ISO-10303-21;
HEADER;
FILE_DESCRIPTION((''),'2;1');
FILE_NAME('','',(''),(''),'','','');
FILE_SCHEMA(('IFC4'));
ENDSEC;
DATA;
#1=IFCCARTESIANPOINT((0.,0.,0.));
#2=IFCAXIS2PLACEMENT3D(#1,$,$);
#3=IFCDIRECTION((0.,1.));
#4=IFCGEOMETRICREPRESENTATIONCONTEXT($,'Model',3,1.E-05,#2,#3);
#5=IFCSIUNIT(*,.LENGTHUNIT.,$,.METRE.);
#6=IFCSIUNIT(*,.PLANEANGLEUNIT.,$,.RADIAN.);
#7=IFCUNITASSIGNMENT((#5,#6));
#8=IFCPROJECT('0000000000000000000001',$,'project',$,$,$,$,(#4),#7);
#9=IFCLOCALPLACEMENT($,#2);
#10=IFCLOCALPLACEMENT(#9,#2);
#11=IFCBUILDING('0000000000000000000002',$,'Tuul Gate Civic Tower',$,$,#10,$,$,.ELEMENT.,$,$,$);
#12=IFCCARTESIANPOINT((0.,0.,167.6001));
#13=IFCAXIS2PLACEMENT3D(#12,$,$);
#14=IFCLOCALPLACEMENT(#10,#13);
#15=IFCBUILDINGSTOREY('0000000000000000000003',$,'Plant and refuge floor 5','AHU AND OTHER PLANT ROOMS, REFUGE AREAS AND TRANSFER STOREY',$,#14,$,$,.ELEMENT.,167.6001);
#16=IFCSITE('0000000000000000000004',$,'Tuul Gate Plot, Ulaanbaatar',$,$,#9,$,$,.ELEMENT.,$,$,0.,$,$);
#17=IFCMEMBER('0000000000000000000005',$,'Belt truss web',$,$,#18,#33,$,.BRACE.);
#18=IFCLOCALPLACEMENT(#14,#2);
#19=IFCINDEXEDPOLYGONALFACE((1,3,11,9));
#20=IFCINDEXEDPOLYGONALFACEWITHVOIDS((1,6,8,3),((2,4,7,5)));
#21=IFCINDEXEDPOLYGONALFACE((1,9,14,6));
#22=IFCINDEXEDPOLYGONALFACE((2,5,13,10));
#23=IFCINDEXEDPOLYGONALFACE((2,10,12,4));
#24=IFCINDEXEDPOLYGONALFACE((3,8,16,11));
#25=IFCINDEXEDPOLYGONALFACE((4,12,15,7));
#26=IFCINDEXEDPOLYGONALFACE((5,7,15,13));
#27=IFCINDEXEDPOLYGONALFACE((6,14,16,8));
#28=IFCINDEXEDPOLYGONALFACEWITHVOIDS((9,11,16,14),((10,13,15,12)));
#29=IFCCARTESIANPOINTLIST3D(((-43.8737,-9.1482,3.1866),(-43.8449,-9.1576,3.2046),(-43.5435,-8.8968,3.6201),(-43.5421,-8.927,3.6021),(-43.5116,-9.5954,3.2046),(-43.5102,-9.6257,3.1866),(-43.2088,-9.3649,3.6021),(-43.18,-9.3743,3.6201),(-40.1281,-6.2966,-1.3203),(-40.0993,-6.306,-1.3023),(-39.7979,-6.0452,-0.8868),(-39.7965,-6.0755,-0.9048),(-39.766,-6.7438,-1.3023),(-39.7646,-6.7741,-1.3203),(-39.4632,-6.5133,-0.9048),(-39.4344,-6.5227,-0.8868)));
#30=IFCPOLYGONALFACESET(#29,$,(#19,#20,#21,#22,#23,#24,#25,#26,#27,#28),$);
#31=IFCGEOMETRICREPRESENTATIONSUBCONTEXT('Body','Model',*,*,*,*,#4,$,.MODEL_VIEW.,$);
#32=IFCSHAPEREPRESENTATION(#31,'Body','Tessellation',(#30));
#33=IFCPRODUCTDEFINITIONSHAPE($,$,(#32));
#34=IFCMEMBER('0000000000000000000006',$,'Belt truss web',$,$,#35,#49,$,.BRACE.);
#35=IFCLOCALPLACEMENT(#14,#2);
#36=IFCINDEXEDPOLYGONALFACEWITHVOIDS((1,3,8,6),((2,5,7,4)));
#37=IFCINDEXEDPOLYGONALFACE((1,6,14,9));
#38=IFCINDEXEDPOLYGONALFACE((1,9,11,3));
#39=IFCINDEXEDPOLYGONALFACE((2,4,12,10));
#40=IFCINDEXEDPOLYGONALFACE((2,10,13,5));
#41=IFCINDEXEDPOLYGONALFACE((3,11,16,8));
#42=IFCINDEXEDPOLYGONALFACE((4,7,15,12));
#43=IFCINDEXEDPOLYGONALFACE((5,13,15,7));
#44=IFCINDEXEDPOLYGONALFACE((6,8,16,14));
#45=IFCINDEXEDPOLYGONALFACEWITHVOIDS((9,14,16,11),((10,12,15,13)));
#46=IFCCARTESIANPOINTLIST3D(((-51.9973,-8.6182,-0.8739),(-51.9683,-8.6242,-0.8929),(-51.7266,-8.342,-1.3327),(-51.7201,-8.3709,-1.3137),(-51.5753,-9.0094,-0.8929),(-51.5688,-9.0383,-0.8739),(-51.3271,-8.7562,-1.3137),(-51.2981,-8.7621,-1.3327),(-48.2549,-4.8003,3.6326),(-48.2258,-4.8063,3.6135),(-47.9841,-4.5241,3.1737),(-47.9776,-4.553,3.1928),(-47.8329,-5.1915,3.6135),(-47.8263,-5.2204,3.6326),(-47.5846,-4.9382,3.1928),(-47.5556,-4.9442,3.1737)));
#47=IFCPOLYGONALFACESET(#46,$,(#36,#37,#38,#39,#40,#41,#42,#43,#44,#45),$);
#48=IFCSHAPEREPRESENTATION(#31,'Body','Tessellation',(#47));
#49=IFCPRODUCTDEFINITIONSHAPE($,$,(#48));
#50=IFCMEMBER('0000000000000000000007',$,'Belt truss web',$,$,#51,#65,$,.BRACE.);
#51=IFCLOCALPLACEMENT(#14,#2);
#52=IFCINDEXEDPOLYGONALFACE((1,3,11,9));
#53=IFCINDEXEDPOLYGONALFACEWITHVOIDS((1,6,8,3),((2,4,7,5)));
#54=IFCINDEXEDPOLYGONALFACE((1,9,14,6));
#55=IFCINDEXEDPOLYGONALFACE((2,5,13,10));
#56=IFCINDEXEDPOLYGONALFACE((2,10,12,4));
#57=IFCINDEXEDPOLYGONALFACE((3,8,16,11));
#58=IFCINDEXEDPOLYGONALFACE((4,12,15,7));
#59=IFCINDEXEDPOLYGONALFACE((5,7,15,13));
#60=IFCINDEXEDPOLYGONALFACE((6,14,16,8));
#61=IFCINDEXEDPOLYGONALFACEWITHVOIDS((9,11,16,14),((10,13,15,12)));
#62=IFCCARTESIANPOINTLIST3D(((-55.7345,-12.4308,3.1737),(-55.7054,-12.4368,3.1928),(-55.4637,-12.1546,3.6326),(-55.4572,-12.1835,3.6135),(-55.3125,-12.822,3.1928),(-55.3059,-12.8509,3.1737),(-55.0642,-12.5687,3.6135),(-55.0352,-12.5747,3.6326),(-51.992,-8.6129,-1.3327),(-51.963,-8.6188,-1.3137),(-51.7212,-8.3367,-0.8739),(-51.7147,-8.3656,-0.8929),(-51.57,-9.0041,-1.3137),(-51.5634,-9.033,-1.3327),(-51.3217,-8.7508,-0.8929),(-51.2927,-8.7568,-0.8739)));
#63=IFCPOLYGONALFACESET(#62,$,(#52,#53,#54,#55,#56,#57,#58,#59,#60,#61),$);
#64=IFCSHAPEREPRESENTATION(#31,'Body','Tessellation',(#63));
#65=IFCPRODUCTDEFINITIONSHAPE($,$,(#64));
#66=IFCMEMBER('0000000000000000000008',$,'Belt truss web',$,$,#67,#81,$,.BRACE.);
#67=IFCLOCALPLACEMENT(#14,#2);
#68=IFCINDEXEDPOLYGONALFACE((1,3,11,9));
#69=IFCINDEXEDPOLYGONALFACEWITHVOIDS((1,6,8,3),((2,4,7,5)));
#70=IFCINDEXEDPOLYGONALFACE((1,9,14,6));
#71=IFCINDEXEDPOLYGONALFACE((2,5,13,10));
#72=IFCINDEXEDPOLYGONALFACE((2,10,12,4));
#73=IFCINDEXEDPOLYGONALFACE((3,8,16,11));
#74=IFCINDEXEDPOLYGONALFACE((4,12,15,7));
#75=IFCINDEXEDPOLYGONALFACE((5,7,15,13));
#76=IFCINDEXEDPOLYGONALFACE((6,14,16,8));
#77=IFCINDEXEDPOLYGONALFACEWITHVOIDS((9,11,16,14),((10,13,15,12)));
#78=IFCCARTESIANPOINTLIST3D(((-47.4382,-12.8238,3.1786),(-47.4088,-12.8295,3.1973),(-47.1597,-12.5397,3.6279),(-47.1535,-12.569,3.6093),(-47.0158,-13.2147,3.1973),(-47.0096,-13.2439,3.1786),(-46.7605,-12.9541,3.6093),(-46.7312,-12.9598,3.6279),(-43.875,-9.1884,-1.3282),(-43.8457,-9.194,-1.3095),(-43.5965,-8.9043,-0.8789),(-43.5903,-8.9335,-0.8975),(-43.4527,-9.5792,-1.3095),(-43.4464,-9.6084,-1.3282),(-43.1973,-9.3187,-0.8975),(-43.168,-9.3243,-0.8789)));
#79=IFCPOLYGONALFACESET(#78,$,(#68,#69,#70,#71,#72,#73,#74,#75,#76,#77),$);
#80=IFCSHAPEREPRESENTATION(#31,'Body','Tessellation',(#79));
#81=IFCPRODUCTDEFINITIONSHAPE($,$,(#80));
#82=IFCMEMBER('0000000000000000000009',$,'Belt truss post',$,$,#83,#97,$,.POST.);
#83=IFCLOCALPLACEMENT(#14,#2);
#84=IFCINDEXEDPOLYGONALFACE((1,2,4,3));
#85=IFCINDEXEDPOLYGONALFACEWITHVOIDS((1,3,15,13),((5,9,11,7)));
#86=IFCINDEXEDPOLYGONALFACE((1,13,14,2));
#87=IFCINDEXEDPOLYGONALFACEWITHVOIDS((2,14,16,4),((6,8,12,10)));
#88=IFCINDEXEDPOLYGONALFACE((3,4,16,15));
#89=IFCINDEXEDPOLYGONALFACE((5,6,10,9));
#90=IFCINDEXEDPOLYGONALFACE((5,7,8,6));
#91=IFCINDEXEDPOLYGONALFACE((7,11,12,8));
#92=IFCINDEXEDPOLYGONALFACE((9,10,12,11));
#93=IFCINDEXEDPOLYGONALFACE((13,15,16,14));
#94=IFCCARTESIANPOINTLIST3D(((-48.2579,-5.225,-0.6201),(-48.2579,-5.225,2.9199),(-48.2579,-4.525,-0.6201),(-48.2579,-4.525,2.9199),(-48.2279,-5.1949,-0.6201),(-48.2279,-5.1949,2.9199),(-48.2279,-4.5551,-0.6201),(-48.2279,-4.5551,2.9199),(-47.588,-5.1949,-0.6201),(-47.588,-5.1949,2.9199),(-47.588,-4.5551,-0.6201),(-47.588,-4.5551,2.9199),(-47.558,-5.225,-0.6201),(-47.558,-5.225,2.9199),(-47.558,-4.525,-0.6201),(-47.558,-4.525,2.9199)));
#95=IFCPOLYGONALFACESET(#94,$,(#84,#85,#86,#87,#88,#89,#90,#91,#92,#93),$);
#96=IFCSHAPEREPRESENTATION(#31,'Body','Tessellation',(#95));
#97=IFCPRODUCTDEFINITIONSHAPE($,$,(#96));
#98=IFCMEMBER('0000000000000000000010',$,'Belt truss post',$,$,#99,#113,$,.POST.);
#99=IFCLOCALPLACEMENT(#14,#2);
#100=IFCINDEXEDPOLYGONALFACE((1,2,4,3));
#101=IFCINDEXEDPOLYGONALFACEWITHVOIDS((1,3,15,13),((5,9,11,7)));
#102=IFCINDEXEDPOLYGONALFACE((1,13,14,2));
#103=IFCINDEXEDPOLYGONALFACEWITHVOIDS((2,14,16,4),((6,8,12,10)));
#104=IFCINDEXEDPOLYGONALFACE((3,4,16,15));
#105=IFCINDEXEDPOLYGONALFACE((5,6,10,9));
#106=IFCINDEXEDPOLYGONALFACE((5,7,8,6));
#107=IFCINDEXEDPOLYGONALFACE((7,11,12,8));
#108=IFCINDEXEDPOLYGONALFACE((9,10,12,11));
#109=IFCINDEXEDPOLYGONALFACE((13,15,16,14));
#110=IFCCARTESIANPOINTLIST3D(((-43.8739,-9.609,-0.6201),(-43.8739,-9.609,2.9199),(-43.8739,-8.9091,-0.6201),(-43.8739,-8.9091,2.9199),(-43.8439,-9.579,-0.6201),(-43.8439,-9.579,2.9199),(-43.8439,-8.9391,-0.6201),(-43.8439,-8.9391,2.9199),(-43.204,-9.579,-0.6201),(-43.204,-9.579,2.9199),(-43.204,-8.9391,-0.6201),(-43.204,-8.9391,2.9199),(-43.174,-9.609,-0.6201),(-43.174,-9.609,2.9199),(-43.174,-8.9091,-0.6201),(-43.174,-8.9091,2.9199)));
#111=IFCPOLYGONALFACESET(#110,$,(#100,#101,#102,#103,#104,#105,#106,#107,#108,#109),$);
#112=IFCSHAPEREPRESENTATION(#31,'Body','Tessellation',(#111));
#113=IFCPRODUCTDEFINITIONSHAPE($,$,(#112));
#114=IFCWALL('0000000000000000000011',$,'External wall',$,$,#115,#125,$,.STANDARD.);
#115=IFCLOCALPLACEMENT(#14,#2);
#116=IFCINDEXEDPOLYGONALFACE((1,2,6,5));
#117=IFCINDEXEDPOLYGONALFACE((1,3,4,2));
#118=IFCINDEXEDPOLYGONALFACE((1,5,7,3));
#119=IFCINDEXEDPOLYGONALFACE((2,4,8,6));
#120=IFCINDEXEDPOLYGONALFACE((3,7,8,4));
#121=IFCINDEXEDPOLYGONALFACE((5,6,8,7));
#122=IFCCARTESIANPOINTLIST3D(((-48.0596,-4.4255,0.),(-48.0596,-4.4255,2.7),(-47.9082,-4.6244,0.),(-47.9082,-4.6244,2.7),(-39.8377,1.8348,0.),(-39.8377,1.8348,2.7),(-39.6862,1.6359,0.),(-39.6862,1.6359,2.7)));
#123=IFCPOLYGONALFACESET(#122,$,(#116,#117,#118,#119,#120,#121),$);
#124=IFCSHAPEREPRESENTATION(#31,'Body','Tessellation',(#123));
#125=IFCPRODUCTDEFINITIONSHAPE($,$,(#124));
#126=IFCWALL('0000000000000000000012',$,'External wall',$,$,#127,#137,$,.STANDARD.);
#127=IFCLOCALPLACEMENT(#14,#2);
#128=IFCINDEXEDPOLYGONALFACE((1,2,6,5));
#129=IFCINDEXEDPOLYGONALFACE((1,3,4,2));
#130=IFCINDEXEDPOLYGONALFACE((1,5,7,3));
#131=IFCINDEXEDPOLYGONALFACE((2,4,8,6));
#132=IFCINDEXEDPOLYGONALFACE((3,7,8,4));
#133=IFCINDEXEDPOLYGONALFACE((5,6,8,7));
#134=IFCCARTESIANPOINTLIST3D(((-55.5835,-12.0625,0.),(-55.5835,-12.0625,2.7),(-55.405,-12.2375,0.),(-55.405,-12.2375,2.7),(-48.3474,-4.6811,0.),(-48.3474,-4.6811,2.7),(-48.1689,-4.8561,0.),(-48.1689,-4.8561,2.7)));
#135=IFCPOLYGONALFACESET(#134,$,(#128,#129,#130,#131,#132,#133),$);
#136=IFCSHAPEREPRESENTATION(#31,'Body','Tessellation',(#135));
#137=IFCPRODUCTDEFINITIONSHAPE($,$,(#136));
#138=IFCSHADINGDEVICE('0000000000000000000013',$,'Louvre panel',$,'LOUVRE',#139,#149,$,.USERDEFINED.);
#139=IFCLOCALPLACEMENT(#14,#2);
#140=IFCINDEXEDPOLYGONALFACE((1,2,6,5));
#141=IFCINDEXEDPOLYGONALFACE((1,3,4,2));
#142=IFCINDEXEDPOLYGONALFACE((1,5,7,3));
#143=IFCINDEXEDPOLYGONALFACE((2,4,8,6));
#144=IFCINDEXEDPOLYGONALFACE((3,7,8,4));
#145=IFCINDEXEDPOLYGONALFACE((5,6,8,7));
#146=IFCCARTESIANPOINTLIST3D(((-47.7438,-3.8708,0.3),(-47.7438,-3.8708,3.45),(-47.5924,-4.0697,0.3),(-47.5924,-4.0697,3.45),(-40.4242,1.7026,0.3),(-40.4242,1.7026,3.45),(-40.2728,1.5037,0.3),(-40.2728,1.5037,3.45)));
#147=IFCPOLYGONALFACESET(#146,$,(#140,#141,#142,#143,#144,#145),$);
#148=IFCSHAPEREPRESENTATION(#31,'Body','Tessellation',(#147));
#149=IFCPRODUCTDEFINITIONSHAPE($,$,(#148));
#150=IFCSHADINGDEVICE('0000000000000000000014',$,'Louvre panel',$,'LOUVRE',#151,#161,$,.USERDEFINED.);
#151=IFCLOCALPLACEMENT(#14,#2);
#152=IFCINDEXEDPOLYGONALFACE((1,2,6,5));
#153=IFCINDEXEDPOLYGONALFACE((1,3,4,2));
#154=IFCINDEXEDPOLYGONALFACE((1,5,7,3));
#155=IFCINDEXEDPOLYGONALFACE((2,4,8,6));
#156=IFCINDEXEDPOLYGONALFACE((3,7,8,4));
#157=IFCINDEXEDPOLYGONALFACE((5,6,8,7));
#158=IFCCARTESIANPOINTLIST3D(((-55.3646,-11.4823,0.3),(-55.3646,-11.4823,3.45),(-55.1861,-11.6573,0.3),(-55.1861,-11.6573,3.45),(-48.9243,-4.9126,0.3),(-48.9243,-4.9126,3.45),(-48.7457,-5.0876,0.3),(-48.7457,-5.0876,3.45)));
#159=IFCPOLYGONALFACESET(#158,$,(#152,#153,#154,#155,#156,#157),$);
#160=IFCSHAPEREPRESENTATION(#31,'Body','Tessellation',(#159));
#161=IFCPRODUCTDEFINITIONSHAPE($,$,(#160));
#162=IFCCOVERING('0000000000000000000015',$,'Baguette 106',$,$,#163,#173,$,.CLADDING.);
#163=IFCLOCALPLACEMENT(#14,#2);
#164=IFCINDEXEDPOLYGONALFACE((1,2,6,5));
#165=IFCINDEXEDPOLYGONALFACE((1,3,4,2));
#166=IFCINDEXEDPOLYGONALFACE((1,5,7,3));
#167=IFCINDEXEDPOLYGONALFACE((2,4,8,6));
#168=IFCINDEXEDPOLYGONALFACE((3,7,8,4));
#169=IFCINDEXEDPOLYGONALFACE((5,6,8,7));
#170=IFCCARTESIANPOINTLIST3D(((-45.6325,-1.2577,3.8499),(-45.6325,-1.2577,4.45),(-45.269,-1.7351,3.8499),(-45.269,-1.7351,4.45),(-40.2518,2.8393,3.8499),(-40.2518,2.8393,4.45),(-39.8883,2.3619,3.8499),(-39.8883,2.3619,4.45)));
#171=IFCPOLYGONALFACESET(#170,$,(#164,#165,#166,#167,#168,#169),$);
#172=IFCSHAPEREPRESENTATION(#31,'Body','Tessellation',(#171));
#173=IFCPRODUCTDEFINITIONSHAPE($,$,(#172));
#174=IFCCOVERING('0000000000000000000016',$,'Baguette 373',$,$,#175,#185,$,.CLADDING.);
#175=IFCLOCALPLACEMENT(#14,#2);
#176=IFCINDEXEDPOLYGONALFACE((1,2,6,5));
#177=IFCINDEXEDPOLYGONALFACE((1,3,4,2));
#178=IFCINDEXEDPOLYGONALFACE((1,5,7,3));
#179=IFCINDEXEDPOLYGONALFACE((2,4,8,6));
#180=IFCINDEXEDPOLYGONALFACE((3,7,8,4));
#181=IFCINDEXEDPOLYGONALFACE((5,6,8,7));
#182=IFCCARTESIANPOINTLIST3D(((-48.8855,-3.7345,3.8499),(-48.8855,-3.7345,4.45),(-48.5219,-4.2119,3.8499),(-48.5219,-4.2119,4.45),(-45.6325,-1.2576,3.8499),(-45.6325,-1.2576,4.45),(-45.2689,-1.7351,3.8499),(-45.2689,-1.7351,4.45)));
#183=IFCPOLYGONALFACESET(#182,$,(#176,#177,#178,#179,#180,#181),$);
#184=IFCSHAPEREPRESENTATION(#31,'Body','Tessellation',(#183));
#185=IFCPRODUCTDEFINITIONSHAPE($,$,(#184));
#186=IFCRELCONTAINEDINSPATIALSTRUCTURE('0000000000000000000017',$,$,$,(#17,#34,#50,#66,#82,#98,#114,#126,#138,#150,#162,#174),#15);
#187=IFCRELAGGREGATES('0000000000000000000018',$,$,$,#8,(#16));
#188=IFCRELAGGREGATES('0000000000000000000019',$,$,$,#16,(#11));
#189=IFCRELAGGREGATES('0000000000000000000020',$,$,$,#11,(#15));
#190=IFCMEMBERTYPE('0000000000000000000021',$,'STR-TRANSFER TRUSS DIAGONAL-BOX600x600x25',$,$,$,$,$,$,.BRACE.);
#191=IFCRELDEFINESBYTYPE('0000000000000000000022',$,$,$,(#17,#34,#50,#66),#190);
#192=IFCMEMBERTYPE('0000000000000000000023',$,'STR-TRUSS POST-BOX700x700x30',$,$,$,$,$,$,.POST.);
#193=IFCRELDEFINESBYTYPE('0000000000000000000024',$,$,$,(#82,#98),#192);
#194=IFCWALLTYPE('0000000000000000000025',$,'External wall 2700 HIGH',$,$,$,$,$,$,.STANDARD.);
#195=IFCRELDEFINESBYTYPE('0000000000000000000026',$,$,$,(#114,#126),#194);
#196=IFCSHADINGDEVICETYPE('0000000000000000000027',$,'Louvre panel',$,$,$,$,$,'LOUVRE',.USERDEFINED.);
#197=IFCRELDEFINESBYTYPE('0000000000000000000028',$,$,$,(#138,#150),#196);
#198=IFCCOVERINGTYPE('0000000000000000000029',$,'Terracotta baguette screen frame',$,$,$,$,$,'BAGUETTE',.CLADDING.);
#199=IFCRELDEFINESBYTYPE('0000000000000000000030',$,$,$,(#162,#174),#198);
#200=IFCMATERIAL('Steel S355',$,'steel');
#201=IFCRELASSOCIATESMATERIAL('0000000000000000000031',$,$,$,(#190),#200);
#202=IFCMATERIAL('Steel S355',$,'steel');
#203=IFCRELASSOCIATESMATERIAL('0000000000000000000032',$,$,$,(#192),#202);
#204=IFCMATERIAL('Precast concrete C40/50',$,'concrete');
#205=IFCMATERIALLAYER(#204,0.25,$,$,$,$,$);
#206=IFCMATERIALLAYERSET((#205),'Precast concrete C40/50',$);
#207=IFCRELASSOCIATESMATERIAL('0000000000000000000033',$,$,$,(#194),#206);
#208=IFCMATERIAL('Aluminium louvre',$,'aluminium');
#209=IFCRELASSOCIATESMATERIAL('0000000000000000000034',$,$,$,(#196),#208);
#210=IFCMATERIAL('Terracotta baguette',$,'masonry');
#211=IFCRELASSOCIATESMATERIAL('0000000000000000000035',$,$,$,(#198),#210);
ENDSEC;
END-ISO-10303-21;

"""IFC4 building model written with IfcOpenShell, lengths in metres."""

from ifc_helpers import new_model, si_unit, direction, frame, frame_2d, origin, origin_2d, place, context, subcontext, project, spatial, rectangle, hollow_rectangle, extrude, material, layer, layer_set, material_profile, profile_set, type_object, element, save


model = new_model("IFC4")

# Units and contexts
model_context = context("Model", 3, precision=1e-05, world=origin(), true_north=direction((0.0, 1.0)))
body_context = subcontext(model_context, "Body", "Model", "MODEL_VIEW")
ifc_project = project(units=[si_unit("LENGTHUNIT", "METRE"), si_unit("PLANEANGLEUNIT", "RADIAN")], contexts=[model_context])

# Site, building, storey
site_placement = place(None, origin())
site = spatial("IfcSite", under=ifc_project, at=site_placement, Name="Tuul Gate Plot, Ulaanbaatar", CompositionType="ELEMENT", RefElevation=0.0)
building_placement = place(site_placement, origin())
building = spatial("IfcBuilding", under=site, at=building_placement, Name="Tuul Gate Civic Tower", CompositionType="ELEMENT")
storey_placement = place(building_placement, frame((0.0, 0.0, 167.6001)))
storey = spatial("IfcBuildingStorey", under=building, at=storey_placement, Name="Plant and refuge floor 5", Description="AHU AND OTHER PLANT ROOMS, REFUGE AREAS AND TRANSFER STOREY", CompositionType="ELEMENT", Elevation=167.6001)

# Members
ifc_material_1 = material(Name="Steel S355", Category="steel")
ifc_material_profile_1 = material_profile(ifc_material_1, hollow_rectangle(XDim=0.6001, YDim=0.6001, WallThickness=0.0249, at=origin_2d()), Name="BOX600x600x25")
ifc_profile_set_1 = profile_set([ifc_material_profile_1], Name="Steel S355")
member_type_1 = type_object("IfcMemberType", Name="STR-TRANSFER TRUSS DIAGONAL-BOX600x600x25", PredefinedType="BRACE", material=ifc_profile_set_1)
for number, where, z_axis, x_axis, name in (
    (1, (-39.7812, -6.4097, -1.1035), (-0.574735, -0.437551, 0.691541), (0.605743, -0.79566, 0.0), "Belt truss web"),
):
    element("IfcMember", number, at=place(storey_placement, frame(where, z_axis=z_axis, x_axis=x_axis)), inside=storey, type_object=member_type_1, Name=name, PredefinedType="BRACE", context=body_context, shape_type="SweptSolid", body=[
        extrude(hollow_rectangle(XDim=0.6001, YDim=0.6001, WallThickness=0.0249, at=origin_2d()), origin(), (0.0, 0.0, 1.0), 6.5171),
    ])
for number, where, z_axis, x_axis, name in (
    (2, (-51.6477, -8.6902, -1.1033), (0.535239, 0.546028, 0.644494), (-0.714127, 0.700016, 0.0), "Belt truss web"),
    (3, (-51.6423, -8.6848, -1.1033), (-0.535239, -0.546028, 0.644494), (0.714127, -0.700016, 0.0), "Belt truss web"),
):
    element("IfcMember", number, at=place(storey_placement, frame(where, z_axis=z_axis, x_axis=x_axis)), inside=storey, type_object=member_type_1, Name=name, PredefinedType="BRACE", context=body_context, shape_type="SweptSolid", body=[
        extrude(hollow_rectangle(XDim=0.6001, YDim=0.6001, WallThickness=0.0249, at=origin_2d()), origin(), (0.0, 0.0, 1.0), 6.9922),
    ])
member_1_placement = place(storey_placement, frame((-43.5215, -9.2563, -1.1035), z_axis=(-0.52409, -0.534719, 0.662877), x_axis=(0.714169, -0.699973, 0.0)))
element("IfcMember", 4, at=member_1_placement, inside=storey, type_object=member_type_1, Name="Belt truss web", PredefinedType="BRACE", context=body_context, shape_type="SweptSolid", body=[
    extrude(hollow_rectangle(XDim=0.6001, YDim=0.6001, WallThickness=0.0249, at=origin_2d()), origin(), (0.0, 0.0, 1.0), 6.7988),
])
ifc_material_2 = material(Name="Steel S355", Category="steel")
ifc_material_profile_2 = material_profile(ifc_material_2, hollow_rectangle(XDim=0.7, YDim=0.7, WallThickness=0.03, at=origin_2d()), Name="BOX700x700x30")
ifc_profile_set_2 = profile_set([ifc_material_profile_2], Name="Steel S355")
member_type_2 = type_object("IfcMemberType", Name="STR-TRUSS POST-BOX700x700x30", PredefinedType="POST", material=ifc_profile_set_2)
for number, where, z_axis, x_axis, name in (
    (5, (-47.908, -4.875, -0.6201), (0.0, 0.0, 1.0), (1.0, 0.0, 0.0), "Belt truss post"),
    (6, (-43.5239, -9.259, -0.6201), (0.0, 0.0, 1.0), (1.0, 0.0, 0.0), "Belt truss post"),
):
    element("IfcMember", number, at=place(storey_placement, frame(where, z_axis=z_axis, x_axis=x_axis)), inside=storey, type_object=member_type_2, Name=name, PredefinedType="POST", context=body_context, shape_type="SweptSolid", body=[
        extrude(hollow_rectangle(XDim=0.7, YDim=0.7, WallThickness=0.03, at=origin_2d()), origin(), (0.0, 0.0, 1.0), 3.54),
    ])

# Walls
ifc_material_3 = material(Name="Precast concrete C40/50", Category="concrete")
ifc_layer = layer(ifc_material_3, 0.25)
ifc_layer_set = layer_set([ifc_layer], Name="Precast concrete C40/50")
wall_type = type_object("IfcWallType", Name="External wall 2700 HIGH", PredefinedType="STANDARD", material=ifc_layer_set)
wall_1_placement = place(storey_placement, frame((-39.762, 1.7354, 0.0), z_axis=(0.0, 0.0, 1.0), x_axis=(-0.795621, -0.605794, 0.0)))
element("IfcWall", 7, at=wall_1_placement, inside=storey, type_object=wall_type, Name="External wall", PredefinedType="STANDARD", context=body_context, shape_type="SweptSolid", body=[
    extrude(rectangle(XDim=10.334, YDim=0.25, at=frame_2d((5.167, 0.0))), origin(), (0.0, 0.0, 1.0), 2.7),
])
wall_2_placement = place(storey_placement, frame((-48.2581, -4.7686, 0.0), z_axis=(0.0, 0.0, 1.0), x_axis=(-0.700045, -0.714099, 0.0)))
element("IfcWall", 8, at=wall_2_placement, inside=storey, type_object=wall_type, Name="External wall", PredefinedType="STANDARD", context=body_context, shape_type="SweptSolid", body=[
    extrude(rectangle(XDim=10.3367, YDim=0.25, at=frame_2d((5.1685, 0.0))), origin(), (0.0, 0.0, 1.0), 2.7),
])

# Shading devices
ifc_material_4 = material(Name="Aluminium louvre", Category="aluminium")
shading_device_type = type_object("IfcShadingDeviceType", Name="Louvre panel", ElementType="LOUVRE", PredefinedType="USERDEFINED", material=ifc_material_4)
for number, where, z_axis, x_axis, name in (
    (9, (-44.0083, -1.1836, 0.3), (0.0, 0.0, 1.0), (-0.605808, 0.795611, 0.0), "Louvre panel"),
    (10, (-52.0552, -8.2849, 0.3), (0.0, 0.0, 1.0), (-0.7141, 0.700043, 0.0), "Louvre panel"),
):
    element("IfcShadingDevice", number, at=place(storey_placement, frame(where, z_axis=z_axis, x_axis=x_axis)), inside=storey, type_object=shading_device_type, Name=name, ObjectType="LOUVRE", PredefinedType="USERDEFINED", context=body_context, shape_type="SweptSolid", body=[
        extrude(rectangle(XDim=0.25, YDim=9.2, at=origin_2d()), origin(), (0.0, 0.0, 1.0), 3.1499),
    ])

# Coverings
ifc_material_5 = material(Name="Terracotta baguette", Category="masonry")
ifc_material_profile_3 = material_profile(ifc_material_5, rectangle(XDim=0.6001, YDim=0.6001, at=origin_2d()), Name="Terracotta baguette screen frame")
ifc_profile_set_3 = profile_set([ifc_material_profile_3], Name="Terracotta baguette")
covering_type = type_object("IfcCoveringType", Name="Terracotta baguette screen frame", ElementType="BAGUETTE", PredefinedType="CLADDING", material=ifc_profile_set_3)
covering_1_placement = place(storey_placement, frame((-40.0701, 2.6006, 4.1499), z_axis=(-0.795616, -0.605801, 0.0), x_axis=(0.605801, -0.795616, 0.0)))
element("IfcCovering", 11, at=covering_1_placement, inside=storey, type_object=covering_type, Name="Baguette 106", PredefinedType="CLADDING", context=body_context, shape_type="SweptSolid", body=[
    extrude(rectangle(XDim=0.6001, YDim=0.6001, at=origin_2d()), origin(), (0.0, 0.0, 1.0), 6.7629),
])
covering_2_placement = place(storey_placement, frame((-45.4507, -1.4963, 4.1499), z_axis=(-0.795622, -0.605793, 0.0), x_axis=(0.605793, -0.795622, 0.0)))
element("IfcCovering", 12, at=covering_2_placement, inside=storey, type_object=covering_type, Name="Baguette 373", PredefinedType="CLADDING", context=body_context, shape_type="SweptSolid", body=[
    extrude(rectangle(XDim=0.6001, YDim=0.6001, at=origin_2d()), origin(), (0.0, 0.0, 1.0), 4.0886),
])

save(model, "model.ifc")
